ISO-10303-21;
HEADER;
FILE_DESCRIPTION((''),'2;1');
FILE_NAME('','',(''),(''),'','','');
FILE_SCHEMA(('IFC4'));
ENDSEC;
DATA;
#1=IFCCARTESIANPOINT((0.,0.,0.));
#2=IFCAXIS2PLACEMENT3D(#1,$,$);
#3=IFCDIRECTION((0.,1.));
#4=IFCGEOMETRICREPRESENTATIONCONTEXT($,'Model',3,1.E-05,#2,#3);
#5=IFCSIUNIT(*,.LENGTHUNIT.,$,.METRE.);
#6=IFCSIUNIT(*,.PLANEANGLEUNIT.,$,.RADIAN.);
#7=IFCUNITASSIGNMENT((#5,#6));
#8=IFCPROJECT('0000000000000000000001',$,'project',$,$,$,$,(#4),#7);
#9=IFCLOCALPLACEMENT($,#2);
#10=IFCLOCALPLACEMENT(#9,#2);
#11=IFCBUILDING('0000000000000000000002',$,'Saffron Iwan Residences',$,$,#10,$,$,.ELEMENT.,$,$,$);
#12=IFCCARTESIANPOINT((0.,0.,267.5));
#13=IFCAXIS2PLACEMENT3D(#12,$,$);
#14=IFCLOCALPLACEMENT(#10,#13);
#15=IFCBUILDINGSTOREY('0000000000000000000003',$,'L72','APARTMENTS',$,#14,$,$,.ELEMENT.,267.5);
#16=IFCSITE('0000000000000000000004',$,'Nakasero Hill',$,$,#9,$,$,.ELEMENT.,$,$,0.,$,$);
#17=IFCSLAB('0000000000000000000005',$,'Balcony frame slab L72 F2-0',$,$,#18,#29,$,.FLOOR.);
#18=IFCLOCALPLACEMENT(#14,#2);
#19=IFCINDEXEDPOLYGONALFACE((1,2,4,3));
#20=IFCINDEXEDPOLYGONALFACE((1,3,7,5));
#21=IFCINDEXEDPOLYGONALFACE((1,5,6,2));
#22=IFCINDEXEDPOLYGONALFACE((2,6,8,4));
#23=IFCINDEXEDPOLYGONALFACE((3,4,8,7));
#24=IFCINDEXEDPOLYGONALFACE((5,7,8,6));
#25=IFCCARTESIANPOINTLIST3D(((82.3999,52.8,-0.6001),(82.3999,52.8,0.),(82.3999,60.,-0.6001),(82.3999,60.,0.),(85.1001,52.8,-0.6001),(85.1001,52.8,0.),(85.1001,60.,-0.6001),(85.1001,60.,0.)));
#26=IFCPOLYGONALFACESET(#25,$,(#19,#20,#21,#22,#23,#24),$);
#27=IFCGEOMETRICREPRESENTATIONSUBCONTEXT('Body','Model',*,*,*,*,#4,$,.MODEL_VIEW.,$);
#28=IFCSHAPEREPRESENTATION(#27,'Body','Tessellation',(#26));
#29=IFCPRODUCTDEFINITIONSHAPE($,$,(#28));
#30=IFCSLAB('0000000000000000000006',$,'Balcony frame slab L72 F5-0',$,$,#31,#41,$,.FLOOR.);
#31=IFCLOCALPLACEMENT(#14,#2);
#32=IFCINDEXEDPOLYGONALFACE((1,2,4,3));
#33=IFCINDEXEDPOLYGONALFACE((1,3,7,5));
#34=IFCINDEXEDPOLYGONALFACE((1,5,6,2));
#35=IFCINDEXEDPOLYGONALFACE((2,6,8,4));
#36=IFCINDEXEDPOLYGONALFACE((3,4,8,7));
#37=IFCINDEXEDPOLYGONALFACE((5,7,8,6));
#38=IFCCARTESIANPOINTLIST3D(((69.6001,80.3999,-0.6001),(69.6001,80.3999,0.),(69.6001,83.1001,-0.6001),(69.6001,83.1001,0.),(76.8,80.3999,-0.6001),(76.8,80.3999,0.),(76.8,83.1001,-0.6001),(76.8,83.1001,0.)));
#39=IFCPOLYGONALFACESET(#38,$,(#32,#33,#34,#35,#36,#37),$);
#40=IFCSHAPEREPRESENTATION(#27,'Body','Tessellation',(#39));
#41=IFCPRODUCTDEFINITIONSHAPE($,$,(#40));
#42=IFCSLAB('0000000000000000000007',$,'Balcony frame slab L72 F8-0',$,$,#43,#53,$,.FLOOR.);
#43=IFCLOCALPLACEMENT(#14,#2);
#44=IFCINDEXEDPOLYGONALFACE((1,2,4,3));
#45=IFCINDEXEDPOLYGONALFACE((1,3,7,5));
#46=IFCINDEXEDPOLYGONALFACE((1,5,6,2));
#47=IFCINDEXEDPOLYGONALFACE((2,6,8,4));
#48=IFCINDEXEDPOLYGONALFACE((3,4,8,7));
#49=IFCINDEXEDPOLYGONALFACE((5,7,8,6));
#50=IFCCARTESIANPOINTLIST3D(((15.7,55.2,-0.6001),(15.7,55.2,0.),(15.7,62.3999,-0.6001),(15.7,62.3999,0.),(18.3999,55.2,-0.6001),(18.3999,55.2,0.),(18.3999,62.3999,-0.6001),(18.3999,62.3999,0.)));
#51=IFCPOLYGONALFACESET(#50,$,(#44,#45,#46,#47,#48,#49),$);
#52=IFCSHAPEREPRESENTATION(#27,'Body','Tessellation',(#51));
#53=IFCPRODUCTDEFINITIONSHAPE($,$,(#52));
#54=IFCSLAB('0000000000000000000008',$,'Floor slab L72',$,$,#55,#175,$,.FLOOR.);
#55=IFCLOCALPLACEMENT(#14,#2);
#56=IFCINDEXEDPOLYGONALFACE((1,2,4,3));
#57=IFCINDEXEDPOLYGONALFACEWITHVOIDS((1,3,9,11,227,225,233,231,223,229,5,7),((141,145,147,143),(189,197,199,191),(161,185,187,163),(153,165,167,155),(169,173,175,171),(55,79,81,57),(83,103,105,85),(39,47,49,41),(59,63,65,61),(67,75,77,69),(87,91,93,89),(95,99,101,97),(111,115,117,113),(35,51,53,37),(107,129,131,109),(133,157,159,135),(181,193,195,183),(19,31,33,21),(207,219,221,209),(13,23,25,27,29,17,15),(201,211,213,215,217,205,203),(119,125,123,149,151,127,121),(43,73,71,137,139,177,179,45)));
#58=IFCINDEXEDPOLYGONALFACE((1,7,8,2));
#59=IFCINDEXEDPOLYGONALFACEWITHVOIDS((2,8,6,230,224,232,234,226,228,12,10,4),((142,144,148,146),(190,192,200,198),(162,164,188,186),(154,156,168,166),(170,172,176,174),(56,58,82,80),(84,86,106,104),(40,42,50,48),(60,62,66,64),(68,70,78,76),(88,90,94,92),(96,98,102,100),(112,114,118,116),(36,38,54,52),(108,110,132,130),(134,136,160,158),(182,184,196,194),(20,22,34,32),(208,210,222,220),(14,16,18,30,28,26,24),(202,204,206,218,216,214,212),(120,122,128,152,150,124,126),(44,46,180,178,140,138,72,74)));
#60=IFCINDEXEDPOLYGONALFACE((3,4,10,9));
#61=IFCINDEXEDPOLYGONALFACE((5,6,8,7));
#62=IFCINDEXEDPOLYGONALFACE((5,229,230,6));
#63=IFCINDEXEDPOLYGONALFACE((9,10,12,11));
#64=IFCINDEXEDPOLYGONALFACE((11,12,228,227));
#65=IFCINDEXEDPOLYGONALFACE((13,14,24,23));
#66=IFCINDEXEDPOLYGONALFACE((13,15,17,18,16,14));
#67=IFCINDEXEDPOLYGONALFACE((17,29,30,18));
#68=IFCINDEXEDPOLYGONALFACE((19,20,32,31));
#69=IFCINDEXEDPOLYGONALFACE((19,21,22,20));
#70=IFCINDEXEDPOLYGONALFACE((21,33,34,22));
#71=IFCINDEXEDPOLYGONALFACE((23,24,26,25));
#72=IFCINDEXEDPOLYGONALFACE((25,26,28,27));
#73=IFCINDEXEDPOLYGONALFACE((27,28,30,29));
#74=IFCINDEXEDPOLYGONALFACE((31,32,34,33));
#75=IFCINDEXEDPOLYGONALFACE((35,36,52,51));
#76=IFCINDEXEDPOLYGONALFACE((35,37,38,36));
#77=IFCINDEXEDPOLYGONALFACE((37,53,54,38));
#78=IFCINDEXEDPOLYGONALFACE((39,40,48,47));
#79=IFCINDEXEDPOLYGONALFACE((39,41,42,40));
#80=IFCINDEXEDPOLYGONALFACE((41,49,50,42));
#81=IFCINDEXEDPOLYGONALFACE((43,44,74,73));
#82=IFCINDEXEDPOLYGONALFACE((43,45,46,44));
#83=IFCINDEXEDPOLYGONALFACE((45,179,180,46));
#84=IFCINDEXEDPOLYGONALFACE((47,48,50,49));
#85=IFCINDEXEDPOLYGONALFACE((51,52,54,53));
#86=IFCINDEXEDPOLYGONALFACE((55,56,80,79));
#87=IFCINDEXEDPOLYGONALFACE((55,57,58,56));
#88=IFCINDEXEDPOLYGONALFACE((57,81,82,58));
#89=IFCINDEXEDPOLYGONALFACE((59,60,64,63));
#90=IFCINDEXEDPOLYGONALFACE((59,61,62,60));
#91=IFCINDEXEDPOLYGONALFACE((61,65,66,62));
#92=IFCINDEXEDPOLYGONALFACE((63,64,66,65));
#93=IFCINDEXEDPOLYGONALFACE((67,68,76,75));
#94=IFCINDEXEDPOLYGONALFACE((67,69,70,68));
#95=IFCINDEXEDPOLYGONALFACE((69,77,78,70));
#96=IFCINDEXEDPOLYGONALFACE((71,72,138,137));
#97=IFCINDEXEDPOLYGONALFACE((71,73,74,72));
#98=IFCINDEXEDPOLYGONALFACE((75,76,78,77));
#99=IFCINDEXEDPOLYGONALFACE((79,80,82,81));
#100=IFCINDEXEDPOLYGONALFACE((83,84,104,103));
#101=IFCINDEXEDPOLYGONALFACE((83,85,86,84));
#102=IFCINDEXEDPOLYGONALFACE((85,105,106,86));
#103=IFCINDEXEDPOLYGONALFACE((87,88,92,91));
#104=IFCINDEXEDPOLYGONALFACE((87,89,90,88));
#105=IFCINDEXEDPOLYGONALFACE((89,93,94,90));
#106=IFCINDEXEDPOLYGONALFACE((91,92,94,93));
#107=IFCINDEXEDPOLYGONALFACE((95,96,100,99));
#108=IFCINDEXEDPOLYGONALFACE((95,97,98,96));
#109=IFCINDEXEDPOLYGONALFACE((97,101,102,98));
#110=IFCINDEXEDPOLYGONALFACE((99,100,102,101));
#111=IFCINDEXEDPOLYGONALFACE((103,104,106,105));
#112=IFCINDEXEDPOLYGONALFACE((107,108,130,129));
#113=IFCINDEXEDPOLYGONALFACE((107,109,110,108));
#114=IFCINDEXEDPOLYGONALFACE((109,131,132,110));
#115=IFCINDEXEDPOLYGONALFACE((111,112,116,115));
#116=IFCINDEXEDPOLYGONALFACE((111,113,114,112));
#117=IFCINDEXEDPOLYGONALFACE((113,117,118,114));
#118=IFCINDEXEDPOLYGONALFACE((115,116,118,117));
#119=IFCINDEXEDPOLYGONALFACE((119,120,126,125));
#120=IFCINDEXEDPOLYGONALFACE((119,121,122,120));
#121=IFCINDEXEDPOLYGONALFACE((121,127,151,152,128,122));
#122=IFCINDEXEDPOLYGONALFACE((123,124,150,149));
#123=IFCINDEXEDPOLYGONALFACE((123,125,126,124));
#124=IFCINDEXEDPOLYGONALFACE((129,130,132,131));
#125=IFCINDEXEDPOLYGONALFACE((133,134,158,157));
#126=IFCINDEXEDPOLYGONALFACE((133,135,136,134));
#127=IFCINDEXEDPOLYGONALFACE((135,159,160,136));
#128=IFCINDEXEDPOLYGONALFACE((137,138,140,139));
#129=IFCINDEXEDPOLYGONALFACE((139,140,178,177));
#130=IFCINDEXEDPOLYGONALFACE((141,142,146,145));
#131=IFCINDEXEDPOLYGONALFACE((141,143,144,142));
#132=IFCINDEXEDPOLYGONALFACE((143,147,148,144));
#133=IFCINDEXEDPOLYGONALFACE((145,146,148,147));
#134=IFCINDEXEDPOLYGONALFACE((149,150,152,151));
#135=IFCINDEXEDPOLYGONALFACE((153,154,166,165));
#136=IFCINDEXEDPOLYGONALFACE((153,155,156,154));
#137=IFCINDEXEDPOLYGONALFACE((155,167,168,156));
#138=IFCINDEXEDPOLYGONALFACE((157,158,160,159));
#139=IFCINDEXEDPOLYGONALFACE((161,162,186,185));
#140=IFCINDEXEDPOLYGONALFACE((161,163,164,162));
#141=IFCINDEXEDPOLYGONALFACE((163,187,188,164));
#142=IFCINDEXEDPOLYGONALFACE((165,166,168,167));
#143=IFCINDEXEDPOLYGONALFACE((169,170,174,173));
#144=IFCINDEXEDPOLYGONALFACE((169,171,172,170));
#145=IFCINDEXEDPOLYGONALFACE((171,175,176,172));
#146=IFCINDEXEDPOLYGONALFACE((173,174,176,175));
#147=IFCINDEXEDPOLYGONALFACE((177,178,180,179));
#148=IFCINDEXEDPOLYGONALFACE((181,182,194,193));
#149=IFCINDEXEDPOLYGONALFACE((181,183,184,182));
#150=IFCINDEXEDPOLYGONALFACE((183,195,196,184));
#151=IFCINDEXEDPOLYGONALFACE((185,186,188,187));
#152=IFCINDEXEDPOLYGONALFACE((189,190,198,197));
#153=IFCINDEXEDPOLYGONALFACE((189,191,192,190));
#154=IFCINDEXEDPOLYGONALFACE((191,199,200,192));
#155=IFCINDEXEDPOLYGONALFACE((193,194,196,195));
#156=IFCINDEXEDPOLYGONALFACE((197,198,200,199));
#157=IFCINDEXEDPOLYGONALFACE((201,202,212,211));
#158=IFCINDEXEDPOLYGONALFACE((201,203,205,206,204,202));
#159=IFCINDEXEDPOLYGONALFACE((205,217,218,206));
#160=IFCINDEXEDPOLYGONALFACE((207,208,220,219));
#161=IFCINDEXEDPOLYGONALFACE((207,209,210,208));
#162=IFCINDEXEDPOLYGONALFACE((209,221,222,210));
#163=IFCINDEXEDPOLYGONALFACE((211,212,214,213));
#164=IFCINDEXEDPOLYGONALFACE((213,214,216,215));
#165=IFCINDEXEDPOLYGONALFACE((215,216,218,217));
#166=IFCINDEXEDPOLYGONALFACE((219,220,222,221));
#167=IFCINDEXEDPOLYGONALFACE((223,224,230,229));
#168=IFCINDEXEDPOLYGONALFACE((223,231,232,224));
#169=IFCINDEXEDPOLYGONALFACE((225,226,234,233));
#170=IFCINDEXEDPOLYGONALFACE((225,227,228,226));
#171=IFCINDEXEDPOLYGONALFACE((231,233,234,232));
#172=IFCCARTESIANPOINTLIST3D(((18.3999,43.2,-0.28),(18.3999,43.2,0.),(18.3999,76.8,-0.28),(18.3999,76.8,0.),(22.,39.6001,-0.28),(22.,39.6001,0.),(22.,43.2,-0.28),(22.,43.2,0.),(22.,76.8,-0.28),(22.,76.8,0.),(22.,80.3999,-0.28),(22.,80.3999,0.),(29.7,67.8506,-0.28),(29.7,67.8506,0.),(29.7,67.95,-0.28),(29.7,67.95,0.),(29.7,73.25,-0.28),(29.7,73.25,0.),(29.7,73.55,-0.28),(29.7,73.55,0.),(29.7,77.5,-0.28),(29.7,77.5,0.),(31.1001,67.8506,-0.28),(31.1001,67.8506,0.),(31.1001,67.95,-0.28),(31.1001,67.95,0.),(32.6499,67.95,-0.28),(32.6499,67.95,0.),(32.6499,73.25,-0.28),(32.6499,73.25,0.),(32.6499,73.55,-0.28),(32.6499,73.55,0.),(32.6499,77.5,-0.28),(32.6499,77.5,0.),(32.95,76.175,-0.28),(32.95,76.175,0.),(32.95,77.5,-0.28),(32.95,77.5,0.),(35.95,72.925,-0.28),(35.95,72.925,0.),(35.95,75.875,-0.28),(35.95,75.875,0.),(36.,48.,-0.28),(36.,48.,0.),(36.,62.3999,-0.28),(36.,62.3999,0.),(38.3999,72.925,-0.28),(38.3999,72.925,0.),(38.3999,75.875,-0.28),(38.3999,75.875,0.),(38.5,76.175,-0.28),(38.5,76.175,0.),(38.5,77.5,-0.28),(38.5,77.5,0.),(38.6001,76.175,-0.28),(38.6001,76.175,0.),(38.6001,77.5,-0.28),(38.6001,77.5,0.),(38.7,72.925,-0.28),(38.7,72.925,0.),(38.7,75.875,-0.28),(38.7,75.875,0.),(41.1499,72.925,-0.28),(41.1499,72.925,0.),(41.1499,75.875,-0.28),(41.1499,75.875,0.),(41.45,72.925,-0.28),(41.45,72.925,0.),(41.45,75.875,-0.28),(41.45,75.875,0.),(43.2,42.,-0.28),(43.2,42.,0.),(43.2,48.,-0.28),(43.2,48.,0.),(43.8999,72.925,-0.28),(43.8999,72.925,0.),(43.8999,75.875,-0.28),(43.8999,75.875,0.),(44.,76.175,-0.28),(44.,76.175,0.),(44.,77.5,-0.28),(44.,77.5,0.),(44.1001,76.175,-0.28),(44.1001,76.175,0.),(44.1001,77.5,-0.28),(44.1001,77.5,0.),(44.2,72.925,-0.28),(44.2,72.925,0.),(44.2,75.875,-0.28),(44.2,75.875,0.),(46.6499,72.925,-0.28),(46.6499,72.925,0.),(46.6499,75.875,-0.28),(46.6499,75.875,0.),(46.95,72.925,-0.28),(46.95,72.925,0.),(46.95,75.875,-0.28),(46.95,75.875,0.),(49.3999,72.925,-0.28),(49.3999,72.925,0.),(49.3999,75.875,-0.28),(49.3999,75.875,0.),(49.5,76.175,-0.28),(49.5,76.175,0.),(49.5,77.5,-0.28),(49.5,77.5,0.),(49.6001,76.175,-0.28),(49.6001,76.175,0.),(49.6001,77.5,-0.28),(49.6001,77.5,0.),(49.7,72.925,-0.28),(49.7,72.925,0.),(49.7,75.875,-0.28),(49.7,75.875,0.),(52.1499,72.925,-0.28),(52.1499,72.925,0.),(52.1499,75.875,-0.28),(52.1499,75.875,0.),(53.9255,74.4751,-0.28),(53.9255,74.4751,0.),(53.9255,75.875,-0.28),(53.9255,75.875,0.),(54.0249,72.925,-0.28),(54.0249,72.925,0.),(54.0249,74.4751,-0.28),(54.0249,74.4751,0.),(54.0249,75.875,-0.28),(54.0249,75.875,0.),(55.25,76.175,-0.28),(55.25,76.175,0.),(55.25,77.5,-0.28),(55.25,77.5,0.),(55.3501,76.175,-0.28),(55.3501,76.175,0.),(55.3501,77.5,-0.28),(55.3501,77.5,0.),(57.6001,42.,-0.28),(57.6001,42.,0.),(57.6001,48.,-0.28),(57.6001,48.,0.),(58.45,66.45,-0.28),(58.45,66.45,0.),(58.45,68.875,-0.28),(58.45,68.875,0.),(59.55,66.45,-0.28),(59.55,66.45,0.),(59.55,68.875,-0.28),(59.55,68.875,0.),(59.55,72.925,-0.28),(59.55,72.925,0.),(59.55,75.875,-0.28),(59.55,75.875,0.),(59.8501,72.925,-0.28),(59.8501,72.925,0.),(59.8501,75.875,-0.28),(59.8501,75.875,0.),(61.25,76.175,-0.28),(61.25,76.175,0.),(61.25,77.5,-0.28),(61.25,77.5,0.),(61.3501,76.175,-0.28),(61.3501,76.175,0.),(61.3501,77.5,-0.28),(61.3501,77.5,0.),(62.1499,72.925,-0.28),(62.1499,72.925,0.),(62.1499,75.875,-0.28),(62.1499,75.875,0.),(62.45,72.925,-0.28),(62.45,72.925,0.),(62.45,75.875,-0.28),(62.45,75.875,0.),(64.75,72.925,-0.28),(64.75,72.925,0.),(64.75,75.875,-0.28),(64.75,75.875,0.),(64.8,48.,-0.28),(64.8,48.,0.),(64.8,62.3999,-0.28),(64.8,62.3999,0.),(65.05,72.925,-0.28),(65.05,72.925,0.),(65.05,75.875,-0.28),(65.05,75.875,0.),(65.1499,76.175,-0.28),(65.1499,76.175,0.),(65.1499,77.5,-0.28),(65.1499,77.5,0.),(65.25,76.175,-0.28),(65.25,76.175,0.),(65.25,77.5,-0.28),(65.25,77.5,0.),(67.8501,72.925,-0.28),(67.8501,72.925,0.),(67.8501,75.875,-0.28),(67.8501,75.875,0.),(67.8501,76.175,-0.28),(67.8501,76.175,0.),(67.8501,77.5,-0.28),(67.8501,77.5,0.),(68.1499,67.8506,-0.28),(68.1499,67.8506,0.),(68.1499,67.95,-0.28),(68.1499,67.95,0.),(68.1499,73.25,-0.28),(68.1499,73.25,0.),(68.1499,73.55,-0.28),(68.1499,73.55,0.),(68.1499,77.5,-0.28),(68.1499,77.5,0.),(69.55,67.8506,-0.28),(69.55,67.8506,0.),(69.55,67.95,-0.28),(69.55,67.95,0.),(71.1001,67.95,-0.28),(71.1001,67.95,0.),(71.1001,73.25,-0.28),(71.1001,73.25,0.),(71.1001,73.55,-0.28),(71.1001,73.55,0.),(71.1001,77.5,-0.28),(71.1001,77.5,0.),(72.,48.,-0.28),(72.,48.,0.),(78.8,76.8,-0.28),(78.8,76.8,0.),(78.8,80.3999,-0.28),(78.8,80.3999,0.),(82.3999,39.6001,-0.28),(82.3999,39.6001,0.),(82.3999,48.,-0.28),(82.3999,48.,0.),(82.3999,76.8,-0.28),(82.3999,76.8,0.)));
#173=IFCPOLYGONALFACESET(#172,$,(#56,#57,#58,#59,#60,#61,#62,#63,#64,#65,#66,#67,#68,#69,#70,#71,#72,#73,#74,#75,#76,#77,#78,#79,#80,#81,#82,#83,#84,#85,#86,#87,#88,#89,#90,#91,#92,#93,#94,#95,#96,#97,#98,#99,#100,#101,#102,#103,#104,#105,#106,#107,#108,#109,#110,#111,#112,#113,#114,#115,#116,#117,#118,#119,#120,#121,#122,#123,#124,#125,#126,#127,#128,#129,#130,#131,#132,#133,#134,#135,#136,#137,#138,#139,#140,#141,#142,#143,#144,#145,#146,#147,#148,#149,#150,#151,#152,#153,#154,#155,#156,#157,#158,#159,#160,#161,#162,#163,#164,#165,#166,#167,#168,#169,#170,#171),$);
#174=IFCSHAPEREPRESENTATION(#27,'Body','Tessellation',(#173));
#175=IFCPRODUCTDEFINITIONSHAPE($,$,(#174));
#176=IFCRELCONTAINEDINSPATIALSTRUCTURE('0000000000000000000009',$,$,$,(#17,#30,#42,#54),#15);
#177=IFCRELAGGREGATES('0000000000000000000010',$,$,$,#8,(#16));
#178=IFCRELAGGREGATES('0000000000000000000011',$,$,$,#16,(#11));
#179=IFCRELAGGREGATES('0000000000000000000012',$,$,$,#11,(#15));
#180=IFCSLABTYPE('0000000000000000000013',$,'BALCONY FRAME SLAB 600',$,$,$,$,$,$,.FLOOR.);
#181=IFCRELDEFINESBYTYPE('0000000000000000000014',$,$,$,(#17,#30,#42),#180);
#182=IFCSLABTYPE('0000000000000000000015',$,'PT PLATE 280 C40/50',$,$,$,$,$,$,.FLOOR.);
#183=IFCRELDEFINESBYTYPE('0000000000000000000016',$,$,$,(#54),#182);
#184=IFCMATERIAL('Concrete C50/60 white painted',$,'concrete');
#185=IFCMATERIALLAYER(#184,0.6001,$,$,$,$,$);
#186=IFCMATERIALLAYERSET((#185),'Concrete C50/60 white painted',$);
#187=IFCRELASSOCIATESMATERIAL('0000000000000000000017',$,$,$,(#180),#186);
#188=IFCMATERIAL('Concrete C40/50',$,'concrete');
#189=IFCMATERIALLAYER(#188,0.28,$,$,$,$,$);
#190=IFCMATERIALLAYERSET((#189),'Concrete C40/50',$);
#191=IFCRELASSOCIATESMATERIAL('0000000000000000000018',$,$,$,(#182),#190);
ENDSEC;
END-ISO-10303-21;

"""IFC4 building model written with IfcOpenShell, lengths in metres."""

from ifc_helpers import new_model, si_unit, direction, frame, origin, place, context, subcontext, project, spatial, polyline, outline, extrude, material, layer, layer_set, type_object, element, save


model = new_model("IFC4")

# Units and contexts
model_context = context("Model", 3, precision=1e-05, world=origin(), true_north=direction((0.0, 1.0)))
body_context = subcontext(model_context, "Body", "Model", "MODEL_VIEW")
ifc_project = project(units=[si_unit("LENGTHUNIT", "METRE"), si_unit("PLANEANGLEUNIT", "RADIAN")], contexts=[model_context])

# Site, building, storey
site_placement = place(None, origin())
site = spatial("IfcSite", under=ifc_project, at=site_placement, Name="Nakasero Hill", CompositionType="ELEMENT", RefElevation=0.0)
building_placement = place(site_placement, origin())
building = spatial("IfcBuilding", under=site, at=building_placement, Name="Saffron Iwan Residences", CompositionType="ELEMENT")
storey_placement = place(building_placement, frame((0.0, 0.0, 267.5)))
storey = spatial("IfcBuildingStorey", under=building, at=storey_placement, Name="L72", Description="APARTMENTS", CompositionType="ELEMENT", Elevation=267.5)

# Slabs
ifc_material_1 = material(Name="Concrete C50/60 white painted", Category="concrete")
ifc_layer_1 = layer(ifc_material_1, 0.6001)
ifc_layer_set_1 = layer_set([ifc_layer_1], Name="Concrete C50/60 white painted")
slab_type_1 = type_object("IfcSlabType", Name="BALCONY FRAME SLAB 600", PredefinedType="FLOOR", material=ifc_layer_set_1)
slab_1_placement = place(storey_placement, frame((0.0, 0.0, -0.6001)))
element("IfcSlab", 1, at=slab_1_placement, inside=storey, type_object=slab_type_1, Name="Balcony frame slab L72 F2-0", PredefinedType="FLOOR", context=body_context, shape_type="SweptSolid", body=[
    extrude(outline(polyline([(85.1001, 52.8), (85.1001, 60.0), (82.3999, 60.0), (82.3999, 52.8), (85.1001, 52.8)])), origin(), (0.0, 0.0, 1.0), 0.6001),
])
slab_2_placement = place(storey_placement, frame((0.0, 0.0, -0.6001)))
element("IfcSlab", 2, at=slab_2_placement, inside=storey, type_object=slab_type_1, Name="Balcony frame slab L72 F5-0", PredefinedType="FLOOR", context=body_context, shape_type="SweptSolid", body=[
    extrude(outline(polyline([(76.8, 83.1001), (69.6001, 83.1001), (69.6001, 80.3999), (76.8, 80.3999), (76.8, 83.1001)])), origin(), (0.0, 0.0, 1.0), 0.6001),
])
slab_3_placement = place(storey_placement, frame((0.0, 0.0, -0.6001)))
element("IfcSlab", 3, at=slab_3_placement, inside=storey, type_object=slab_type_1, Name="Balcony frame slab L72 F8-0", PredefinedType="FLOOR", context=body_context, shape_type="SweptSolid", body=[
    extrude(outline(polyline([(15.7, 62.3999), (15.7, 55.2), (18.3999, 55.2), (18.3999, 62.3999), (15.7, 62.3999)])), origin(), (0.0, 0.0, 1.0), 0.6001),
])
ifc_material_2 = material(Name="Concrete C40/50", Category="concrete")
ifc_layer_2 = layer(ifc_material_2, 0.28)
ifc_layer_set_2 = layer_set([ifc_layer_2], Name="Concrete C40/50")
slab_type_2 = type_object("IfcSlabType", Name="PT PLATE 280 C40/50", PredefinedType="FLOOR", material=ifc_layer_set_2)
slab_4_placement = place(storey_placement, frame((0.0, 0.0, -0.28)))
element("IfcSlab", 4, at=slab_4_placement, inside=storey, type_object=slab_type_2, Name="Floor slab L72", PredefinedType="FLOOR", context=body_context, shape_type="SweptSolid", body=[
    extrude(outline(polyline([(18.3999, 43.2), (18.3999, 76.8), (22.0, 76.8), (22.0, 80.3999), (78.8, 80.3999), (78.8, 76.8), (82.3999, 76.8), (82.3999, 48.0), (72.0, 48.0), (82.3999, 39.6001), (22.0, 39.6001), (22.0, 43.2), (18.3999, 43.2)]), holes=[polyline([(64.8, 48.0), (64.8, 62.3999), (36.0, 62.3999), (36.0, 48.0), (43.2, 48.0), (43.2, 42.0), (57.6001, 42.0), (57.6001, 48.0), (64.8, 48.0)]), polyline([(29.7, 73.25), (29.7, 67.95), (29.7, 67.8506), (31.1001, 67.8506), (31.1001, 67.95), (32.6499, 67.95), (32.6499, 73.25), (29.7, 73.25)]), polyline([(38.3999, 75.875), (35.95, 75.875), (35.95, 72.925), (38.3999, 72.925), (38.3999, 75.875)]), polyline([(41.1499, 75.875), (38.7, 75.875), (38.7, 72.925), (41.1499, 72.925), (41.1499, 75.875)]), polyline([(43.8999, 72.925), (43.8999, 75.875), (41.45, 75.875), (41.45, 72.925), (43.8999, 72.925)]), polyline([(46.6499, 72.925), (46.6499, 75.875), (44.2, 75.875), (44.2, 72.925), (46.6499, 72.925)]), polyline([(49.3999, 75.875), (46.95, 75.875), (46.95, 72.925), (49.3999, 72.925), (49.3999, 75.875)]), polyline([(52.1499, 72.925), (52.1499, 75.875), (49.7, 75.875), (49.7, 72.925), (52.1499, 72.925)]), polyline([(32.6499, 73.55), (32.6499, 77.5), (29.7, 77.5), (29.7, 73.55), (32.6499, 73.55)]), polyline([(38.5, 77.5), (32.95, 77.5), (32.95, 76.175), (38.5, 76.175), (38.5, 77.5)]), polyline([(44.0, 76.175), (44.0, 77.5), (38.6001, 77.5), (38.6001, 76.175), (44.0, 76.175)]), polyline([(49.5, 76.175), (49.5, 77.5), (44.1001, 77.5), (44.1001, 76.175), (49.5, 76.175)]), polyline([(59.55, 68.875), (58.45, 68.875), (58.45, 66.45), (59.55, 66.45), (59.55, 68.875)]), polyline([(68.1499, 73.25), (68.1499, 67.95), (68.1499, 67.8506), (69.55, 67.8506), (69.55, 67.95), (71.1001, 67.95), (71.1001, 73.25), (68.1499, 73.25)]), polyline([(54.0249, 74.4751), (54.0249, 72.925), (59.55, 72.925), (59.55, 75.875), (54.0249, 75.875), (53.9255, 75.875), (53.9255, 74.4751), (54.0249, 74.4751)]), polyline([(62.1499, 72.925), (62.1499, 75.875), (59.8501, 75.875), (59.8501, 72.925), (62.1499, 72.925)]), polyline([(64.75, 72.925), (64.75, 75.875), (62.45, 75.875), (62.45, 72.925), (64.75, 72.925)]), polyline([(67.8501, 75.875), (65.05, 75.875), (65.05, 72.925), (67.8501, 72.925), (67.8501, 75.875)]), polyline([(71.1001, 73.55), (71.1001, 77.5), (68.1499, 77.5), (68.1499, 73.55), (71.1001, 73.55)]), polyline([(55.25, 76.175), (55.25, 77.5), (49.6001, 77.5), (49.6001, 76.175), (55.25, 76.175)]), polyline([(61.25, 77.5), (55.3501, 77.5), (55.3501, 76.175), (61.25, 76.175), (61.25, 77.5)]), polyline([(65.1499, 76.175), (65.1499, 77.5), (61.3501, 77.5), (61.3501, 76.175), (65.1499, 76.175)]), polyline([(67.8501, 76.175), (67.8501, 77.5), (65.25, 77.5), (65.25, 76.175), (67.8501, 76.175)])]), origin(), (0.0, 0.0, 1.0), 0.28),
])

save(model, "model.ifc")
